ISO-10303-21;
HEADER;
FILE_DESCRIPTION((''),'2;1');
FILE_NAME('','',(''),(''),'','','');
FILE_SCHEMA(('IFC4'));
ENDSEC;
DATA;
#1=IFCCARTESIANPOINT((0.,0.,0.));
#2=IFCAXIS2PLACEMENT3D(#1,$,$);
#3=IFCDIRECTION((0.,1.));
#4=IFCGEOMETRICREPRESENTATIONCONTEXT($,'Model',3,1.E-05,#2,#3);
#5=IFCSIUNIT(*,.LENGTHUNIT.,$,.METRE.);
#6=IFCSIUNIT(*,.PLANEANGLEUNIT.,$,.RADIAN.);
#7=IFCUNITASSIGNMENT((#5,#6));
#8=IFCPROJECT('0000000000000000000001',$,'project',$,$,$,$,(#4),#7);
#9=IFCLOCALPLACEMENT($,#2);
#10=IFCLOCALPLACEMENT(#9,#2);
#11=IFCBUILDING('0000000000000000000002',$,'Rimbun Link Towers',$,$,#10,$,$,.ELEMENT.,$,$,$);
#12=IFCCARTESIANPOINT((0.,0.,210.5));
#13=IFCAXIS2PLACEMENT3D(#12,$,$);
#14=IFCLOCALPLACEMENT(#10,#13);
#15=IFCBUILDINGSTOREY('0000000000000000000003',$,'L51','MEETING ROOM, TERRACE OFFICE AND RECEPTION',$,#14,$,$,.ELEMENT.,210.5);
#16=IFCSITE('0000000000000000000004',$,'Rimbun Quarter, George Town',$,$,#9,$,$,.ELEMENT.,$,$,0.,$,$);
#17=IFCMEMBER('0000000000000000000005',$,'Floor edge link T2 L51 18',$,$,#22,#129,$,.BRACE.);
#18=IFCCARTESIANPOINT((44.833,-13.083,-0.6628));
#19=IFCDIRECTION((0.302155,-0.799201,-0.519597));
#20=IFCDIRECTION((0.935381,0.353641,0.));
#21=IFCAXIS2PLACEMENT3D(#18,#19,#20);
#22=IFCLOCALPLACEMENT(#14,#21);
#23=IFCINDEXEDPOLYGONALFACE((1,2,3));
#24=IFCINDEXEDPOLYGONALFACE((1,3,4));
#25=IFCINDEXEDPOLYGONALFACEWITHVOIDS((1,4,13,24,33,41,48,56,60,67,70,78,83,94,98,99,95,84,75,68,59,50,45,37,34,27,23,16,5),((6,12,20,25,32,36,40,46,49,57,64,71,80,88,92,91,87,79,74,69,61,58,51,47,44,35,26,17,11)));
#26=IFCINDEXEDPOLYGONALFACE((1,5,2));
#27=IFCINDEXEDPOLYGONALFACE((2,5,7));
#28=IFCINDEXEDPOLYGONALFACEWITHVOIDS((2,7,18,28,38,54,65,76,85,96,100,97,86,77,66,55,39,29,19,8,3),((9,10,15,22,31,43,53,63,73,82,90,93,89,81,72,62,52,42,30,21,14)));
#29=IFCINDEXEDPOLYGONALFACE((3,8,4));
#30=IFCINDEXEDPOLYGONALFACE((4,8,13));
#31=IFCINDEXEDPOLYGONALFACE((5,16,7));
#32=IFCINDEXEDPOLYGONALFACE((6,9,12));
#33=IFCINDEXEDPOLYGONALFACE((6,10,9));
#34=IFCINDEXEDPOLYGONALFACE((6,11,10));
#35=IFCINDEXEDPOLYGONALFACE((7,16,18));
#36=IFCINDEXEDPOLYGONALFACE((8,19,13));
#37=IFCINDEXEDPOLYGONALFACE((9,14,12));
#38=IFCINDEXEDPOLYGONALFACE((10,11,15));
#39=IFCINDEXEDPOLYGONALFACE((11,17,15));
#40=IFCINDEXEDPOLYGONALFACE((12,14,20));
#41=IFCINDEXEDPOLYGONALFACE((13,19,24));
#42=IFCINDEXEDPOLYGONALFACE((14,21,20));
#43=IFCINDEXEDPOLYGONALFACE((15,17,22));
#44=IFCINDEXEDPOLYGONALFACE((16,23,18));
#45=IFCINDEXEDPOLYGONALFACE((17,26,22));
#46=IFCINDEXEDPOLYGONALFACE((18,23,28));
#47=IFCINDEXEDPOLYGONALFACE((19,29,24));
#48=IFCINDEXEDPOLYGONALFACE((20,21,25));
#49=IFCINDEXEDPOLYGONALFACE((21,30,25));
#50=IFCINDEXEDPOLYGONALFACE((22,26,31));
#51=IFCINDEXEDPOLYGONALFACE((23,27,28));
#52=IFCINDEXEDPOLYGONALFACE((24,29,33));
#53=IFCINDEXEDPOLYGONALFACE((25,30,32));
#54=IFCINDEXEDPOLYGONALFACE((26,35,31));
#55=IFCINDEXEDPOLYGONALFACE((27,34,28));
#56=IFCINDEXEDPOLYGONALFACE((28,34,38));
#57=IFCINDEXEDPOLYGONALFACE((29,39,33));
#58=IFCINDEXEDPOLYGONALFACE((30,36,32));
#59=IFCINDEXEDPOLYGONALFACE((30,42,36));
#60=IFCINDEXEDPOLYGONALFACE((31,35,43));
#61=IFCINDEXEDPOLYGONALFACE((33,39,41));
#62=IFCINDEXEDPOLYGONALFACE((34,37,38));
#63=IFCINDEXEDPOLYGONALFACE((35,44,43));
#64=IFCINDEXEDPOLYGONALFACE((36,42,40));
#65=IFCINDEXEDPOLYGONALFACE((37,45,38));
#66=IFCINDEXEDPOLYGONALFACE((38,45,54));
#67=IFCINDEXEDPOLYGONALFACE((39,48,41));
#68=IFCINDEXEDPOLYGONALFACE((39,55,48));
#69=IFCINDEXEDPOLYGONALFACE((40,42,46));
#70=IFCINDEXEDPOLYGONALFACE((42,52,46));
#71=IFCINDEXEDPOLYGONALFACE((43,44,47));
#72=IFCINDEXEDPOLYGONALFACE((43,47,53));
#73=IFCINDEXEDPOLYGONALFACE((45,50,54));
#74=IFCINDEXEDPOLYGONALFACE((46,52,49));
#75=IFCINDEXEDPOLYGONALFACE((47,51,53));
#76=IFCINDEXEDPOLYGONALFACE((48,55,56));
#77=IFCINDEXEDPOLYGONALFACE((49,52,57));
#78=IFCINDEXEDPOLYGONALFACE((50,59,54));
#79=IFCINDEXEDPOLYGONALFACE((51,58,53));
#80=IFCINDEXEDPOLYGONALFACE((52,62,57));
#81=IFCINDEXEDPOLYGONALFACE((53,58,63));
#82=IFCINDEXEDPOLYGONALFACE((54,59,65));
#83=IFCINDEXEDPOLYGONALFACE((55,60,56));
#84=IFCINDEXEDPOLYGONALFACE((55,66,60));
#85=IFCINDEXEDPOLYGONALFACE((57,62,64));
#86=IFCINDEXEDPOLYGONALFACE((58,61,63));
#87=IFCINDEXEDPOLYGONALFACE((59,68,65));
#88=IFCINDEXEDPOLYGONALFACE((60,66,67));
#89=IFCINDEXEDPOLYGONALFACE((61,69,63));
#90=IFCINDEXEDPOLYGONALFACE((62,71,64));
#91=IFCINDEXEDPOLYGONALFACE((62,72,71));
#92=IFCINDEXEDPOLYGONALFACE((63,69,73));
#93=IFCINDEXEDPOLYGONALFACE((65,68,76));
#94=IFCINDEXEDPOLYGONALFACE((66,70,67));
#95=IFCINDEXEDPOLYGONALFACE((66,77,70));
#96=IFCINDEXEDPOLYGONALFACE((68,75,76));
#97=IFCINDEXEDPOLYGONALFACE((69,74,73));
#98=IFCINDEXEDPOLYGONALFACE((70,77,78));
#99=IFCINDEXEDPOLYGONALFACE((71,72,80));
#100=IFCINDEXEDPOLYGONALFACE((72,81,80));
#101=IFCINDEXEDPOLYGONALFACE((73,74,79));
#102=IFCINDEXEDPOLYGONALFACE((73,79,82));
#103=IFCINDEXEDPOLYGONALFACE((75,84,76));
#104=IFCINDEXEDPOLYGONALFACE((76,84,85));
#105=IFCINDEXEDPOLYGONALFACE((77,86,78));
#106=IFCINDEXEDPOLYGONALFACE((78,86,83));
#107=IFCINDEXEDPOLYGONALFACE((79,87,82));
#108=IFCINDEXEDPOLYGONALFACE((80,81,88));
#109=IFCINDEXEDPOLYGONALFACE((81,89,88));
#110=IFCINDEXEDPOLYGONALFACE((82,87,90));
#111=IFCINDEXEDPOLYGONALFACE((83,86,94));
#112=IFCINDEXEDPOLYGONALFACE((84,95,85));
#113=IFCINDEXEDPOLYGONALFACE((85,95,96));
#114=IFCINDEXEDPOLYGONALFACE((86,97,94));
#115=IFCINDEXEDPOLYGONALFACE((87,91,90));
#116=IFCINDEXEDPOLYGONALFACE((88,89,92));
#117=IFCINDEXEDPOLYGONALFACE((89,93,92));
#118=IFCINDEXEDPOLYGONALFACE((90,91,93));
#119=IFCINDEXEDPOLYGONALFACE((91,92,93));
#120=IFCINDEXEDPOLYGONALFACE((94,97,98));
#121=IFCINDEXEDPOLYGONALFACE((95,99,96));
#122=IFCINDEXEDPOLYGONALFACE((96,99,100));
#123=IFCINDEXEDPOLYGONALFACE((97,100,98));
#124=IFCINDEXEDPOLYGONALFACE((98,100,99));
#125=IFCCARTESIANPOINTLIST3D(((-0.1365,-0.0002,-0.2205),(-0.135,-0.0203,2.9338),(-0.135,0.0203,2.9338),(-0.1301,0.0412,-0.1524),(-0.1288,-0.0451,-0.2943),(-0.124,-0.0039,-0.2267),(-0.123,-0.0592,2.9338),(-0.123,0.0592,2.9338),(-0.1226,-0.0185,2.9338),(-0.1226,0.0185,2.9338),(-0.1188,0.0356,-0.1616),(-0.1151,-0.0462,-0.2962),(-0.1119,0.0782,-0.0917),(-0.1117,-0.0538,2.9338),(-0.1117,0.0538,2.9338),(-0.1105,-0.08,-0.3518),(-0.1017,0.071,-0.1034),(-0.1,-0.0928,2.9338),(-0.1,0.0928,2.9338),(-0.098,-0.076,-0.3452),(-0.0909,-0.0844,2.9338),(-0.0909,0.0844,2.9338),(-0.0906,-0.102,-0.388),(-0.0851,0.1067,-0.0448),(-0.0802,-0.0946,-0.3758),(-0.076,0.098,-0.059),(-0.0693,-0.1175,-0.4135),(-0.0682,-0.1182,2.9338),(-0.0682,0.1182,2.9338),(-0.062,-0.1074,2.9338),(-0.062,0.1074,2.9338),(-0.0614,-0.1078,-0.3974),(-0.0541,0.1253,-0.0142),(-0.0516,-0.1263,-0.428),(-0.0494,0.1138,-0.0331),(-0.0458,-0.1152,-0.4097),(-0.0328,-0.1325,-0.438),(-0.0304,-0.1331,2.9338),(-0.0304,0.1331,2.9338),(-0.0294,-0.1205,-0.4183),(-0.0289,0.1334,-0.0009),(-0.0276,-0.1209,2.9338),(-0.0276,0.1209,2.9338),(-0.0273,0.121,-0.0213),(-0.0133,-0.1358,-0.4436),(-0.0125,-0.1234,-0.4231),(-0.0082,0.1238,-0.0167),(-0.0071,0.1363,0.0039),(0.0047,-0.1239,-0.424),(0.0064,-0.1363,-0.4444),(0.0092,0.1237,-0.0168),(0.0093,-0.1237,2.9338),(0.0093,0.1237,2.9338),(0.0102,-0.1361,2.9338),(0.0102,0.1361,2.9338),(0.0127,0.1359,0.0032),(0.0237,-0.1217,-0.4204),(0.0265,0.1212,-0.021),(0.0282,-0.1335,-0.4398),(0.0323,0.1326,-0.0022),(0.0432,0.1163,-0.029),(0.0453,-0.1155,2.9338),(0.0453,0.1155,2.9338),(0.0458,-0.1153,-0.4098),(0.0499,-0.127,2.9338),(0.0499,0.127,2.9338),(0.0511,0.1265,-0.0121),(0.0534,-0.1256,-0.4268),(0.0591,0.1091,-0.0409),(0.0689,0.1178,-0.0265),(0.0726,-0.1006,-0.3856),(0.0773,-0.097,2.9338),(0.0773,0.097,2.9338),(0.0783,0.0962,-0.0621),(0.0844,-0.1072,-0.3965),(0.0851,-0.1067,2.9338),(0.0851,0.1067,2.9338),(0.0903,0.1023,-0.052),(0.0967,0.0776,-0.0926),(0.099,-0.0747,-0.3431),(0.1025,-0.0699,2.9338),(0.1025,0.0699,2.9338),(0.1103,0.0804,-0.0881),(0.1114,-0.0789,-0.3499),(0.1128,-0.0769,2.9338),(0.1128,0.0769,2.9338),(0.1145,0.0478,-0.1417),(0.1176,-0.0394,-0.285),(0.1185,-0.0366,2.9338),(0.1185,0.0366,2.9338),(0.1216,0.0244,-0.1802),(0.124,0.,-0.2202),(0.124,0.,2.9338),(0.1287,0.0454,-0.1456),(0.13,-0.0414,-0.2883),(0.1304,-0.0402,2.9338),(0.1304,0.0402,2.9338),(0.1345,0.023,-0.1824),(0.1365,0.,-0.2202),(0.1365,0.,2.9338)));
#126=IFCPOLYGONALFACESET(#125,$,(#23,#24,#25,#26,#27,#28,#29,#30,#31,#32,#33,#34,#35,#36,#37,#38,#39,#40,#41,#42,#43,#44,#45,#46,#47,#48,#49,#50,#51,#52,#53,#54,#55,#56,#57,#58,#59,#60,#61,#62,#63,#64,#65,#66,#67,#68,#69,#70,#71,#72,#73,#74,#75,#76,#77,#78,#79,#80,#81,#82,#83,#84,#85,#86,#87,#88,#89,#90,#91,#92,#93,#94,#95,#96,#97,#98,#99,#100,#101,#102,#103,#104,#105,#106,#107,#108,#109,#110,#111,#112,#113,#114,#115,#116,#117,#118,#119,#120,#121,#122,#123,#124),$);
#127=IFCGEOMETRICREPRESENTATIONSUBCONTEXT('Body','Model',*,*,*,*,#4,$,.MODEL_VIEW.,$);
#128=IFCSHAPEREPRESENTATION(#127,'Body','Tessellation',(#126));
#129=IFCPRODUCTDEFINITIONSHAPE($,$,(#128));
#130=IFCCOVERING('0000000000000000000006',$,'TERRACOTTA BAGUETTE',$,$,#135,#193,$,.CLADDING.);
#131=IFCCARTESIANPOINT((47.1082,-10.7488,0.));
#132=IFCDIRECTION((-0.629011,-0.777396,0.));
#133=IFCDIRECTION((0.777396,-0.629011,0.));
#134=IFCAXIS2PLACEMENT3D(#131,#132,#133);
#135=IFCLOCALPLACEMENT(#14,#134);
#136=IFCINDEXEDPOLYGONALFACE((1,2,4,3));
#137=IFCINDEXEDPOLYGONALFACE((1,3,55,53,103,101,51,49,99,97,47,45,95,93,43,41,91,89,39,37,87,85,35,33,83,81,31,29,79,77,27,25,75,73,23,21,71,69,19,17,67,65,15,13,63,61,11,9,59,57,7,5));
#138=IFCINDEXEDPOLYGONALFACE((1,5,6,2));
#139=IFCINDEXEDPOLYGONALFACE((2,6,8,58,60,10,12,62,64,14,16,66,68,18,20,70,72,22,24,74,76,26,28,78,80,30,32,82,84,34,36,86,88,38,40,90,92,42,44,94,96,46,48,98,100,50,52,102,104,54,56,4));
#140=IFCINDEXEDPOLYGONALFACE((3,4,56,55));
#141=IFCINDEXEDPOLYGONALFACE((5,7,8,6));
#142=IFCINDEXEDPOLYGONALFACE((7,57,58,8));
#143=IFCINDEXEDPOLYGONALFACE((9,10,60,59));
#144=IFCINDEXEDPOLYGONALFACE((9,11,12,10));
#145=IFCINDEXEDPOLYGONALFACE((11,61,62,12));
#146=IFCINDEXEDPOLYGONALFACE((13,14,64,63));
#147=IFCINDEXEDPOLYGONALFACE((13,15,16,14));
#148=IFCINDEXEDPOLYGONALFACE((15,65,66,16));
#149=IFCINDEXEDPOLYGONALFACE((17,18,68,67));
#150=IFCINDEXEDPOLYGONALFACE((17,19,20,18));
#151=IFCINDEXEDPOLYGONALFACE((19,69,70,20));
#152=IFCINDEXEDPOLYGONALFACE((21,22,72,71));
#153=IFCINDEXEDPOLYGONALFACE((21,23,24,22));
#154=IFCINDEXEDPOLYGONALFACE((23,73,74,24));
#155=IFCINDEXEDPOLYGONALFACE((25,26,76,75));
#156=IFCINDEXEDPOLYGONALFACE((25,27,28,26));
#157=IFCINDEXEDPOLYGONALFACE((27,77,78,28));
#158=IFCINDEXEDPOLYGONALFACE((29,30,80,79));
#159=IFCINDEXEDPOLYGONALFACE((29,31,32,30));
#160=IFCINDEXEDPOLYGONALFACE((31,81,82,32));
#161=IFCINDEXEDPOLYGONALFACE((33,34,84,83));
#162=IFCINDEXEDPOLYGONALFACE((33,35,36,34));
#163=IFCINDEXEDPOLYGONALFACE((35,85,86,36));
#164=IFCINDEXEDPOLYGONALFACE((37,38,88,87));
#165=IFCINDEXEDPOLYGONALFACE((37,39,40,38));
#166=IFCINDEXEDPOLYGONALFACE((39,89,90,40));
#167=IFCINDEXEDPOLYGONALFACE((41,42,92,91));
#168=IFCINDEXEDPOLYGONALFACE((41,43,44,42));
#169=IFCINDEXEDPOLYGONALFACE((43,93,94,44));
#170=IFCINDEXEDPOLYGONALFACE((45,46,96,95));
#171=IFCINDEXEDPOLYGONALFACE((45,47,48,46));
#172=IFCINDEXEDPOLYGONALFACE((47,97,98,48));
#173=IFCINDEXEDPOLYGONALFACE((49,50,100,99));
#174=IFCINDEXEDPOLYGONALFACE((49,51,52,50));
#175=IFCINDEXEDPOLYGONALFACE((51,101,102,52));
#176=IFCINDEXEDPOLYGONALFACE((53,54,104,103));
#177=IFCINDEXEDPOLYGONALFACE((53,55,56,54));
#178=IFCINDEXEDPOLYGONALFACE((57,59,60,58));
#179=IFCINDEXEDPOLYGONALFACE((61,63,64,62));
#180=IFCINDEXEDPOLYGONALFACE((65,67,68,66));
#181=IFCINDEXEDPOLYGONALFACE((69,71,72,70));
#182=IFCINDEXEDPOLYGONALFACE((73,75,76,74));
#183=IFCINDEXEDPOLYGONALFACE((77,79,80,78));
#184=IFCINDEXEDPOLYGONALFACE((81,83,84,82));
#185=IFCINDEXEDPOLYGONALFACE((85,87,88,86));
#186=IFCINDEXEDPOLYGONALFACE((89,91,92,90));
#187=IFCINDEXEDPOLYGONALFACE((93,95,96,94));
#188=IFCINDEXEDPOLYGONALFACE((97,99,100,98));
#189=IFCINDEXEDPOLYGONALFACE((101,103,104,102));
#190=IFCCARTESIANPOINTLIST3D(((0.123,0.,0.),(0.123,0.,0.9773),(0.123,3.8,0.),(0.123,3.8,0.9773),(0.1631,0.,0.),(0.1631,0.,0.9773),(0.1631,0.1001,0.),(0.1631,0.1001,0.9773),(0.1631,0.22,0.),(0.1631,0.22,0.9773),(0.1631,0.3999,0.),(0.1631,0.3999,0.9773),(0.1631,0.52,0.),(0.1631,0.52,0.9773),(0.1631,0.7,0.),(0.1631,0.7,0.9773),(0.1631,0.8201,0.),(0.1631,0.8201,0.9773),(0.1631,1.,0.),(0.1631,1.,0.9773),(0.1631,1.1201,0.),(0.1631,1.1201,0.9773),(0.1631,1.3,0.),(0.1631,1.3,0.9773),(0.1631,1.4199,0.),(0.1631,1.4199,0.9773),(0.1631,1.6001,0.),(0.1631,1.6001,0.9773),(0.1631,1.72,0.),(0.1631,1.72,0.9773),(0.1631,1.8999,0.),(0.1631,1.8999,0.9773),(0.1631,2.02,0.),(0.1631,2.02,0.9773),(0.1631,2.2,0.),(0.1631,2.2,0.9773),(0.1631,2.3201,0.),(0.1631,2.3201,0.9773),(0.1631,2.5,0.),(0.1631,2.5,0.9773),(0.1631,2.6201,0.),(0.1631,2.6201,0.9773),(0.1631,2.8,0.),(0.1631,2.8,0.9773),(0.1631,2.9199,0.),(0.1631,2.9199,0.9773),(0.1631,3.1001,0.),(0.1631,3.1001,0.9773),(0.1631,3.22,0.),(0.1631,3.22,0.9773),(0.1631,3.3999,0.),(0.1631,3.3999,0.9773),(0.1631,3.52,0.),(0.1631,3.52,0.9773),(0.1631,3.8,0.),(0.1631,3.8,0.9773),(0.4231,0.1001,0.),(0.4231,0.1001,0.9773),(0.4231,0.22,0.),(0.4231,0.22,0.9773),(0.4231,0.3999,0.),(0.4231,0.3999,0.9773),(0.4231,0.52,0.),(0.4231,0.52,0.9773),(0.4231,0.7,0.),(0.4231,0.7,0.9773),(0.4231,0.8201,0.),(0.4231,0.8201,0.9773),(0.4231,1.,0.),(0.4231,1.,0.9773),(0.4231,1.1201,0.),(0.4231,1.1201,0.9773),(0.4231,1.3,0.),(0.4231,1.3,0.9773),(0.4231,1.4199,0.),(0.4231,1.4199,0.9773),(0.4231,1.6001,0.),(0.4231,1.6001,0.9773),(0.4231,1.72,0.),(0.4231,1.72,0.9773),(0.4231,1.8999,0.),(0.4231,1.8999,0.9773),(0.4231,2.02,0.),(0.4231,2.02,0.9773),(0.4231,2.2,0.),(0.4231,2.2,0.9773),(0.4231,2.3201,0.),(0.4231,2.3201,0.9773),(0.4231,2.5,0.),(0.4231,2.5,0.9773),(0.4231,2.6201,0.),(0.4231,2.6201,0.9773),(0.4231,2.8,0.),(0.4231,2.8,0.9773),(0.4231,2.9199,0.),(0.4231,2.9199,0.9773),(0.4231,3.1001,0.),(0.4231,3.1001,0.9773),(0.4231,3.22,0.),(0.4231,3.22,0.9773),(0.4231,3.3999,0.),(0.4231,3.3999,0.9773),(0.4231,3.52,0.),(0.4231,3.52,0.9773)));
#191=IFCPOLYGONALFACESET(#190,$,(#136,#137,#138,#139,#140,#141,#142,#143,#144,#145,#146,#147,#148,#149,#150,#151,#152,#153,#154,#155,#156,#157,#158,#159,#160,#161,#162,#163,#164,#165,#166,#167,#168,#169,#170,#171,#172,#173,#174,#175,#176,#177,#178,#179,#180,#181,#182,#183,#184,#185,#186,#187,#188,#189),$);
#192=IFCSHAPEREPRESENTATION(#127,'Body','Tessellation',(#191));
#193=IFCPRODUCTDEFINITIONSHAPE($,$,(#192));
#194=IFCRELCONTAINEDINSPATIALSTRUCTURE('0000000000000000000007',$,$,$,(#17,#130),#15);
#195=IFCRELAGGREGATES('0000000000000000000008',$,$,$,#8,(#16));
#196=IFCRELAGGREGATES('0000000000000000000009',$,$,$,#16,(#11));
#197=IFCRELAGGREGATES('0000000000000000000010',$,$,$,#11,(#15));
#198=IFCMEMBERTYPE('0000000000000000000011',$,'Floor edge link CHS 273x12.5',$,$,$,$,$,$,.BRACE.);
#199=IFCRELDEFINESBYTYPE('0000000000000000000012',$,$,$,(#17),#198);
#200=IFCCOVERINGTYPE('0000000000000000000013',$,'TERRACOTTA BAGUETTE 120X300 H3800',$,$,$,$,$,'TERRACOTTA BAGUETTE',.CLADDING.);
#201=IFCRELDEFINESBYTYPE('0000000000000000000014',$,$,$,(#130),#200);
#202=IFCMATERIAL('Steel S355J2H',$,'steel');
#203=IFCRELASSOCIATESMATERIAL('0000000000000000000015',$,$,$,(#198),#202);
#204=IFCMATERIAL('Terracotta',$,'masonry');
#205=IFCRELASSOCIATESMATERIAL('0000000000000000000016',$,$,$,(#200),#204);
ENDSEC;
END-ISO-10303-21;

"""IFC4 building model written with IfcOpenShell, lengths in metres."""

from ifc_helpers import new_model, si_unit, direction, frame, origin, origin_2d, place, context, subcontext, project, spatial, polyline, hollow_circle, outline, extrude, clip, halfspace, material, material_profile, profile_set, type_object, element, save


model = new_model("IFC4")

# Units and contexts
model_context = context("Model", 3, precision=1e-05, world=origin(), true_north=direction((0.0, 1.0)))
body_context = subcontext(model_context, "Body", "Model", "MODEL_VIEW")
ifc_project = project(units=[si_unit("LENGTHUNIT", "METRE"), si_unit("PLANEANGLEUNIT", "RADIAN")], contexts=[model_context])

# Site, building, storey
site_placement = place(None, origin())
site = spatial("IfcSite", under=ifc_project, at=site_placement, Name="Rimbun Quarter, George Town", CompositionType="ELEMENT", RefElevation=0.0)
building_placement = place(site_placement, origin())
building = spatial("IfcBuilding", under=site, at=building_placement, Name="Rimbun Link Towers", CompositionType="ELEMENT")
storey_placement = place(building_placement, frame((0.0, 0.0, 210.5)))
storey = spatial("IfcBuildingStorey", under=building, at=storey_placement, Name="L51", Description="MEETING ROOM, TERRACE OFFICE AND RECEPTION", CompositionType="ELEMENT", Elevation=210.5)

# Member
ifc_material_1 = material(Name="Steel S355J2H", Category="steel")
ifc_material_profile_1 = material_profile(ifc_material_1, hollow_circle(Radius=0.1365, WallThickness=0.0125, at=origin_2d()), Name="CHS 273x12.5")
ifc_profile_set_1 = profile_set([ifc_material_profile_1], Name="Steel S355J2H")
member_type_1 = type_object("IfcMemberType", Name="Floor edge link CHS 273x12.5", PredefinedType="BRACE", material=ifc_profile_set_1)
member_1_placement = place(storey_placement, frame((44.833, -13.083, -0.6628), z_axis=(0.302155, -0.799201, -0.519597), x_axis=(0.935381, 0.353641, 0.0)))
element("IfcMember", 1, at=member_1_placement, inside=storey, type_object=member_type_1, Name="Floor edge link T2 L51 18", PredefinedType="BRACE", context=body_context, shape_type="Clipping", body=[
    clip(extrude(hollow_circle(Radius=0.1365, WallThickness=0.0125, at=origin_2d()), frame((0.0, 0.0, -0.468)), (0.0, 0.0, 1.0), 3.4019), halfspace(frame((0.0, 0.0, -0.2202), z_axis=(0.0, 0.854412, -0.519597)), False)),
])

# Covering
ifc_material_2 = material(Name="Terracotta", Category="masonry")
ifc_material_profile_2 = material_profile(ifc_material_2, outline(polyline([(0.123, 0.0), (0.1631, 0.0), (0.1631, 0.1001), (0.4231, 0.1001), (0.4231, 0.22), (0.1631, 0.22), (0.1631, 0.3999), (0.4231, 0.3999), (0.4231, 0.52), (0.1631, 0.52), (0.1631, 0.7), (0.4231, 0.7), (0.4231, 0.8201), (0.1631, 0.8201), (0.1631, 1.0), (0.4231, 1.0), (0.4231, 1.1201), (0.1631, 1.1201), (0.1631, 1.3), (0.4231, 1.3), (0.4231, 1.4199), (0.1631, 1.4199), (0.1631, 1.6001), (0.4231, 1.6001), (0.4231, 1.72), (0.1631, 1.72), (0.1631, 1.8999), (0.4231, 1.8999), (0.4231, 2.02), (0.1631, 2.02), (0.1631, 2.2), (0.4231, 2.2), (0.4231, 2.3201), (0.1631, 2.3201), (0.1631, 2.5), (0.4231, 2.5), (0.4231, 2.6201), (0.1631, 2.6201), (0.1631, 2.8), (0.4231, 2.8), (0.4231, 2.9199), (0.1631, 2.9199), (0.1631, 3.1001), (0.4231, 3.1001), (0.4231, 3.22), (0.1631, 3.22), (0.1631, 3.3999), (0.4231, 3.3999), (0.4231, 3.52), (0.1631, 3.52), (0.1631, 3.8), (0.123, 3.8), (0.123, 0.0)])), Name="BAGUETTE 120X300")
ifc_profile_set_2 = profile_set([ifc_material_profile_2], Name="Terracotta")
covering_type = type_object("IfcCoveringType", Name="TERRACOTTA BAGUETTE 120X300 H3800", ElementType="TERRACOTTA BAGUETTE", PredefinedType="CLADDING", material=ifc_profile_set_2)
covering_placement = place(storey_placement, frame((47.1082, -10.7488, 0.0), z_axis=(-0.629011, -0.777396, 0.0), x_axis=(0.777396, -0.629011, 0.0)))
element("IfcCovering", 2, at=covering_placement, inside=storey, type_object=covering_type, Name="TERRACOTTA BAGUETTE", PredefinedType="CLADDING", context=body_context, shape_type="SweptSolid", body=[
    extrude(outline(polyline([(0.123, 0.0), (0.1631, 0.0), (0.1631, 0.1001), (0.4231, 0.1001), (0.4231, 0.22), (0.1631, 0.22), (0.1631, 0.3999), (0.4231, 0.3999), (0.4231, 0.52), (0.1631, 0.52), (0.1631, 0.7), (0.4231, 0.7), (0.4231, 0.8201), (0.1631, 0.8201), (0.1631, 1.0), (0.4231, 1.0), (0.4231, 1.1201), (0.1631, 1.1201), (0.1631, 1.3), (0.4231, 1.3), (0.4231, 1.4199), (0.1631, 1.4199), (0.1631, 1.6001), (0.4231, 1.6001), (0.4231, 1.72), (0.1631, 1.72), (0.1631, 1.8999), (0.4231, 1.8999), (0.4231, 2.02), (0.1631, 2.02), (0.1631, 2.2), (0.4231, 2.2), (0.4231, 2.3201), (0.1631, 2.3201), (0.1631, 2.5), (0.4231, 2.5), (0.4231, 2.6201), (0.1631, 2.6201), (0.1631, 2.8), (0.4231, 2.8), (0.4231, 2.9199), (0.1631, 2.9199), (0.1631, 3.1001), (0.4231, 3.1001), (0.4231, 3.22), (0.1631, 3.22), (0.1631, 3.3999), (0.4231, 3.3999), (0.4231, 3.52), (0.1631, 3.52), (0.1631, 3.8), (0.123, 3.8), (0.123, 0.0)])), origin(), (0.0, 0.0, 1.0), 0.9773),
])

save(model, "model.ifc")
